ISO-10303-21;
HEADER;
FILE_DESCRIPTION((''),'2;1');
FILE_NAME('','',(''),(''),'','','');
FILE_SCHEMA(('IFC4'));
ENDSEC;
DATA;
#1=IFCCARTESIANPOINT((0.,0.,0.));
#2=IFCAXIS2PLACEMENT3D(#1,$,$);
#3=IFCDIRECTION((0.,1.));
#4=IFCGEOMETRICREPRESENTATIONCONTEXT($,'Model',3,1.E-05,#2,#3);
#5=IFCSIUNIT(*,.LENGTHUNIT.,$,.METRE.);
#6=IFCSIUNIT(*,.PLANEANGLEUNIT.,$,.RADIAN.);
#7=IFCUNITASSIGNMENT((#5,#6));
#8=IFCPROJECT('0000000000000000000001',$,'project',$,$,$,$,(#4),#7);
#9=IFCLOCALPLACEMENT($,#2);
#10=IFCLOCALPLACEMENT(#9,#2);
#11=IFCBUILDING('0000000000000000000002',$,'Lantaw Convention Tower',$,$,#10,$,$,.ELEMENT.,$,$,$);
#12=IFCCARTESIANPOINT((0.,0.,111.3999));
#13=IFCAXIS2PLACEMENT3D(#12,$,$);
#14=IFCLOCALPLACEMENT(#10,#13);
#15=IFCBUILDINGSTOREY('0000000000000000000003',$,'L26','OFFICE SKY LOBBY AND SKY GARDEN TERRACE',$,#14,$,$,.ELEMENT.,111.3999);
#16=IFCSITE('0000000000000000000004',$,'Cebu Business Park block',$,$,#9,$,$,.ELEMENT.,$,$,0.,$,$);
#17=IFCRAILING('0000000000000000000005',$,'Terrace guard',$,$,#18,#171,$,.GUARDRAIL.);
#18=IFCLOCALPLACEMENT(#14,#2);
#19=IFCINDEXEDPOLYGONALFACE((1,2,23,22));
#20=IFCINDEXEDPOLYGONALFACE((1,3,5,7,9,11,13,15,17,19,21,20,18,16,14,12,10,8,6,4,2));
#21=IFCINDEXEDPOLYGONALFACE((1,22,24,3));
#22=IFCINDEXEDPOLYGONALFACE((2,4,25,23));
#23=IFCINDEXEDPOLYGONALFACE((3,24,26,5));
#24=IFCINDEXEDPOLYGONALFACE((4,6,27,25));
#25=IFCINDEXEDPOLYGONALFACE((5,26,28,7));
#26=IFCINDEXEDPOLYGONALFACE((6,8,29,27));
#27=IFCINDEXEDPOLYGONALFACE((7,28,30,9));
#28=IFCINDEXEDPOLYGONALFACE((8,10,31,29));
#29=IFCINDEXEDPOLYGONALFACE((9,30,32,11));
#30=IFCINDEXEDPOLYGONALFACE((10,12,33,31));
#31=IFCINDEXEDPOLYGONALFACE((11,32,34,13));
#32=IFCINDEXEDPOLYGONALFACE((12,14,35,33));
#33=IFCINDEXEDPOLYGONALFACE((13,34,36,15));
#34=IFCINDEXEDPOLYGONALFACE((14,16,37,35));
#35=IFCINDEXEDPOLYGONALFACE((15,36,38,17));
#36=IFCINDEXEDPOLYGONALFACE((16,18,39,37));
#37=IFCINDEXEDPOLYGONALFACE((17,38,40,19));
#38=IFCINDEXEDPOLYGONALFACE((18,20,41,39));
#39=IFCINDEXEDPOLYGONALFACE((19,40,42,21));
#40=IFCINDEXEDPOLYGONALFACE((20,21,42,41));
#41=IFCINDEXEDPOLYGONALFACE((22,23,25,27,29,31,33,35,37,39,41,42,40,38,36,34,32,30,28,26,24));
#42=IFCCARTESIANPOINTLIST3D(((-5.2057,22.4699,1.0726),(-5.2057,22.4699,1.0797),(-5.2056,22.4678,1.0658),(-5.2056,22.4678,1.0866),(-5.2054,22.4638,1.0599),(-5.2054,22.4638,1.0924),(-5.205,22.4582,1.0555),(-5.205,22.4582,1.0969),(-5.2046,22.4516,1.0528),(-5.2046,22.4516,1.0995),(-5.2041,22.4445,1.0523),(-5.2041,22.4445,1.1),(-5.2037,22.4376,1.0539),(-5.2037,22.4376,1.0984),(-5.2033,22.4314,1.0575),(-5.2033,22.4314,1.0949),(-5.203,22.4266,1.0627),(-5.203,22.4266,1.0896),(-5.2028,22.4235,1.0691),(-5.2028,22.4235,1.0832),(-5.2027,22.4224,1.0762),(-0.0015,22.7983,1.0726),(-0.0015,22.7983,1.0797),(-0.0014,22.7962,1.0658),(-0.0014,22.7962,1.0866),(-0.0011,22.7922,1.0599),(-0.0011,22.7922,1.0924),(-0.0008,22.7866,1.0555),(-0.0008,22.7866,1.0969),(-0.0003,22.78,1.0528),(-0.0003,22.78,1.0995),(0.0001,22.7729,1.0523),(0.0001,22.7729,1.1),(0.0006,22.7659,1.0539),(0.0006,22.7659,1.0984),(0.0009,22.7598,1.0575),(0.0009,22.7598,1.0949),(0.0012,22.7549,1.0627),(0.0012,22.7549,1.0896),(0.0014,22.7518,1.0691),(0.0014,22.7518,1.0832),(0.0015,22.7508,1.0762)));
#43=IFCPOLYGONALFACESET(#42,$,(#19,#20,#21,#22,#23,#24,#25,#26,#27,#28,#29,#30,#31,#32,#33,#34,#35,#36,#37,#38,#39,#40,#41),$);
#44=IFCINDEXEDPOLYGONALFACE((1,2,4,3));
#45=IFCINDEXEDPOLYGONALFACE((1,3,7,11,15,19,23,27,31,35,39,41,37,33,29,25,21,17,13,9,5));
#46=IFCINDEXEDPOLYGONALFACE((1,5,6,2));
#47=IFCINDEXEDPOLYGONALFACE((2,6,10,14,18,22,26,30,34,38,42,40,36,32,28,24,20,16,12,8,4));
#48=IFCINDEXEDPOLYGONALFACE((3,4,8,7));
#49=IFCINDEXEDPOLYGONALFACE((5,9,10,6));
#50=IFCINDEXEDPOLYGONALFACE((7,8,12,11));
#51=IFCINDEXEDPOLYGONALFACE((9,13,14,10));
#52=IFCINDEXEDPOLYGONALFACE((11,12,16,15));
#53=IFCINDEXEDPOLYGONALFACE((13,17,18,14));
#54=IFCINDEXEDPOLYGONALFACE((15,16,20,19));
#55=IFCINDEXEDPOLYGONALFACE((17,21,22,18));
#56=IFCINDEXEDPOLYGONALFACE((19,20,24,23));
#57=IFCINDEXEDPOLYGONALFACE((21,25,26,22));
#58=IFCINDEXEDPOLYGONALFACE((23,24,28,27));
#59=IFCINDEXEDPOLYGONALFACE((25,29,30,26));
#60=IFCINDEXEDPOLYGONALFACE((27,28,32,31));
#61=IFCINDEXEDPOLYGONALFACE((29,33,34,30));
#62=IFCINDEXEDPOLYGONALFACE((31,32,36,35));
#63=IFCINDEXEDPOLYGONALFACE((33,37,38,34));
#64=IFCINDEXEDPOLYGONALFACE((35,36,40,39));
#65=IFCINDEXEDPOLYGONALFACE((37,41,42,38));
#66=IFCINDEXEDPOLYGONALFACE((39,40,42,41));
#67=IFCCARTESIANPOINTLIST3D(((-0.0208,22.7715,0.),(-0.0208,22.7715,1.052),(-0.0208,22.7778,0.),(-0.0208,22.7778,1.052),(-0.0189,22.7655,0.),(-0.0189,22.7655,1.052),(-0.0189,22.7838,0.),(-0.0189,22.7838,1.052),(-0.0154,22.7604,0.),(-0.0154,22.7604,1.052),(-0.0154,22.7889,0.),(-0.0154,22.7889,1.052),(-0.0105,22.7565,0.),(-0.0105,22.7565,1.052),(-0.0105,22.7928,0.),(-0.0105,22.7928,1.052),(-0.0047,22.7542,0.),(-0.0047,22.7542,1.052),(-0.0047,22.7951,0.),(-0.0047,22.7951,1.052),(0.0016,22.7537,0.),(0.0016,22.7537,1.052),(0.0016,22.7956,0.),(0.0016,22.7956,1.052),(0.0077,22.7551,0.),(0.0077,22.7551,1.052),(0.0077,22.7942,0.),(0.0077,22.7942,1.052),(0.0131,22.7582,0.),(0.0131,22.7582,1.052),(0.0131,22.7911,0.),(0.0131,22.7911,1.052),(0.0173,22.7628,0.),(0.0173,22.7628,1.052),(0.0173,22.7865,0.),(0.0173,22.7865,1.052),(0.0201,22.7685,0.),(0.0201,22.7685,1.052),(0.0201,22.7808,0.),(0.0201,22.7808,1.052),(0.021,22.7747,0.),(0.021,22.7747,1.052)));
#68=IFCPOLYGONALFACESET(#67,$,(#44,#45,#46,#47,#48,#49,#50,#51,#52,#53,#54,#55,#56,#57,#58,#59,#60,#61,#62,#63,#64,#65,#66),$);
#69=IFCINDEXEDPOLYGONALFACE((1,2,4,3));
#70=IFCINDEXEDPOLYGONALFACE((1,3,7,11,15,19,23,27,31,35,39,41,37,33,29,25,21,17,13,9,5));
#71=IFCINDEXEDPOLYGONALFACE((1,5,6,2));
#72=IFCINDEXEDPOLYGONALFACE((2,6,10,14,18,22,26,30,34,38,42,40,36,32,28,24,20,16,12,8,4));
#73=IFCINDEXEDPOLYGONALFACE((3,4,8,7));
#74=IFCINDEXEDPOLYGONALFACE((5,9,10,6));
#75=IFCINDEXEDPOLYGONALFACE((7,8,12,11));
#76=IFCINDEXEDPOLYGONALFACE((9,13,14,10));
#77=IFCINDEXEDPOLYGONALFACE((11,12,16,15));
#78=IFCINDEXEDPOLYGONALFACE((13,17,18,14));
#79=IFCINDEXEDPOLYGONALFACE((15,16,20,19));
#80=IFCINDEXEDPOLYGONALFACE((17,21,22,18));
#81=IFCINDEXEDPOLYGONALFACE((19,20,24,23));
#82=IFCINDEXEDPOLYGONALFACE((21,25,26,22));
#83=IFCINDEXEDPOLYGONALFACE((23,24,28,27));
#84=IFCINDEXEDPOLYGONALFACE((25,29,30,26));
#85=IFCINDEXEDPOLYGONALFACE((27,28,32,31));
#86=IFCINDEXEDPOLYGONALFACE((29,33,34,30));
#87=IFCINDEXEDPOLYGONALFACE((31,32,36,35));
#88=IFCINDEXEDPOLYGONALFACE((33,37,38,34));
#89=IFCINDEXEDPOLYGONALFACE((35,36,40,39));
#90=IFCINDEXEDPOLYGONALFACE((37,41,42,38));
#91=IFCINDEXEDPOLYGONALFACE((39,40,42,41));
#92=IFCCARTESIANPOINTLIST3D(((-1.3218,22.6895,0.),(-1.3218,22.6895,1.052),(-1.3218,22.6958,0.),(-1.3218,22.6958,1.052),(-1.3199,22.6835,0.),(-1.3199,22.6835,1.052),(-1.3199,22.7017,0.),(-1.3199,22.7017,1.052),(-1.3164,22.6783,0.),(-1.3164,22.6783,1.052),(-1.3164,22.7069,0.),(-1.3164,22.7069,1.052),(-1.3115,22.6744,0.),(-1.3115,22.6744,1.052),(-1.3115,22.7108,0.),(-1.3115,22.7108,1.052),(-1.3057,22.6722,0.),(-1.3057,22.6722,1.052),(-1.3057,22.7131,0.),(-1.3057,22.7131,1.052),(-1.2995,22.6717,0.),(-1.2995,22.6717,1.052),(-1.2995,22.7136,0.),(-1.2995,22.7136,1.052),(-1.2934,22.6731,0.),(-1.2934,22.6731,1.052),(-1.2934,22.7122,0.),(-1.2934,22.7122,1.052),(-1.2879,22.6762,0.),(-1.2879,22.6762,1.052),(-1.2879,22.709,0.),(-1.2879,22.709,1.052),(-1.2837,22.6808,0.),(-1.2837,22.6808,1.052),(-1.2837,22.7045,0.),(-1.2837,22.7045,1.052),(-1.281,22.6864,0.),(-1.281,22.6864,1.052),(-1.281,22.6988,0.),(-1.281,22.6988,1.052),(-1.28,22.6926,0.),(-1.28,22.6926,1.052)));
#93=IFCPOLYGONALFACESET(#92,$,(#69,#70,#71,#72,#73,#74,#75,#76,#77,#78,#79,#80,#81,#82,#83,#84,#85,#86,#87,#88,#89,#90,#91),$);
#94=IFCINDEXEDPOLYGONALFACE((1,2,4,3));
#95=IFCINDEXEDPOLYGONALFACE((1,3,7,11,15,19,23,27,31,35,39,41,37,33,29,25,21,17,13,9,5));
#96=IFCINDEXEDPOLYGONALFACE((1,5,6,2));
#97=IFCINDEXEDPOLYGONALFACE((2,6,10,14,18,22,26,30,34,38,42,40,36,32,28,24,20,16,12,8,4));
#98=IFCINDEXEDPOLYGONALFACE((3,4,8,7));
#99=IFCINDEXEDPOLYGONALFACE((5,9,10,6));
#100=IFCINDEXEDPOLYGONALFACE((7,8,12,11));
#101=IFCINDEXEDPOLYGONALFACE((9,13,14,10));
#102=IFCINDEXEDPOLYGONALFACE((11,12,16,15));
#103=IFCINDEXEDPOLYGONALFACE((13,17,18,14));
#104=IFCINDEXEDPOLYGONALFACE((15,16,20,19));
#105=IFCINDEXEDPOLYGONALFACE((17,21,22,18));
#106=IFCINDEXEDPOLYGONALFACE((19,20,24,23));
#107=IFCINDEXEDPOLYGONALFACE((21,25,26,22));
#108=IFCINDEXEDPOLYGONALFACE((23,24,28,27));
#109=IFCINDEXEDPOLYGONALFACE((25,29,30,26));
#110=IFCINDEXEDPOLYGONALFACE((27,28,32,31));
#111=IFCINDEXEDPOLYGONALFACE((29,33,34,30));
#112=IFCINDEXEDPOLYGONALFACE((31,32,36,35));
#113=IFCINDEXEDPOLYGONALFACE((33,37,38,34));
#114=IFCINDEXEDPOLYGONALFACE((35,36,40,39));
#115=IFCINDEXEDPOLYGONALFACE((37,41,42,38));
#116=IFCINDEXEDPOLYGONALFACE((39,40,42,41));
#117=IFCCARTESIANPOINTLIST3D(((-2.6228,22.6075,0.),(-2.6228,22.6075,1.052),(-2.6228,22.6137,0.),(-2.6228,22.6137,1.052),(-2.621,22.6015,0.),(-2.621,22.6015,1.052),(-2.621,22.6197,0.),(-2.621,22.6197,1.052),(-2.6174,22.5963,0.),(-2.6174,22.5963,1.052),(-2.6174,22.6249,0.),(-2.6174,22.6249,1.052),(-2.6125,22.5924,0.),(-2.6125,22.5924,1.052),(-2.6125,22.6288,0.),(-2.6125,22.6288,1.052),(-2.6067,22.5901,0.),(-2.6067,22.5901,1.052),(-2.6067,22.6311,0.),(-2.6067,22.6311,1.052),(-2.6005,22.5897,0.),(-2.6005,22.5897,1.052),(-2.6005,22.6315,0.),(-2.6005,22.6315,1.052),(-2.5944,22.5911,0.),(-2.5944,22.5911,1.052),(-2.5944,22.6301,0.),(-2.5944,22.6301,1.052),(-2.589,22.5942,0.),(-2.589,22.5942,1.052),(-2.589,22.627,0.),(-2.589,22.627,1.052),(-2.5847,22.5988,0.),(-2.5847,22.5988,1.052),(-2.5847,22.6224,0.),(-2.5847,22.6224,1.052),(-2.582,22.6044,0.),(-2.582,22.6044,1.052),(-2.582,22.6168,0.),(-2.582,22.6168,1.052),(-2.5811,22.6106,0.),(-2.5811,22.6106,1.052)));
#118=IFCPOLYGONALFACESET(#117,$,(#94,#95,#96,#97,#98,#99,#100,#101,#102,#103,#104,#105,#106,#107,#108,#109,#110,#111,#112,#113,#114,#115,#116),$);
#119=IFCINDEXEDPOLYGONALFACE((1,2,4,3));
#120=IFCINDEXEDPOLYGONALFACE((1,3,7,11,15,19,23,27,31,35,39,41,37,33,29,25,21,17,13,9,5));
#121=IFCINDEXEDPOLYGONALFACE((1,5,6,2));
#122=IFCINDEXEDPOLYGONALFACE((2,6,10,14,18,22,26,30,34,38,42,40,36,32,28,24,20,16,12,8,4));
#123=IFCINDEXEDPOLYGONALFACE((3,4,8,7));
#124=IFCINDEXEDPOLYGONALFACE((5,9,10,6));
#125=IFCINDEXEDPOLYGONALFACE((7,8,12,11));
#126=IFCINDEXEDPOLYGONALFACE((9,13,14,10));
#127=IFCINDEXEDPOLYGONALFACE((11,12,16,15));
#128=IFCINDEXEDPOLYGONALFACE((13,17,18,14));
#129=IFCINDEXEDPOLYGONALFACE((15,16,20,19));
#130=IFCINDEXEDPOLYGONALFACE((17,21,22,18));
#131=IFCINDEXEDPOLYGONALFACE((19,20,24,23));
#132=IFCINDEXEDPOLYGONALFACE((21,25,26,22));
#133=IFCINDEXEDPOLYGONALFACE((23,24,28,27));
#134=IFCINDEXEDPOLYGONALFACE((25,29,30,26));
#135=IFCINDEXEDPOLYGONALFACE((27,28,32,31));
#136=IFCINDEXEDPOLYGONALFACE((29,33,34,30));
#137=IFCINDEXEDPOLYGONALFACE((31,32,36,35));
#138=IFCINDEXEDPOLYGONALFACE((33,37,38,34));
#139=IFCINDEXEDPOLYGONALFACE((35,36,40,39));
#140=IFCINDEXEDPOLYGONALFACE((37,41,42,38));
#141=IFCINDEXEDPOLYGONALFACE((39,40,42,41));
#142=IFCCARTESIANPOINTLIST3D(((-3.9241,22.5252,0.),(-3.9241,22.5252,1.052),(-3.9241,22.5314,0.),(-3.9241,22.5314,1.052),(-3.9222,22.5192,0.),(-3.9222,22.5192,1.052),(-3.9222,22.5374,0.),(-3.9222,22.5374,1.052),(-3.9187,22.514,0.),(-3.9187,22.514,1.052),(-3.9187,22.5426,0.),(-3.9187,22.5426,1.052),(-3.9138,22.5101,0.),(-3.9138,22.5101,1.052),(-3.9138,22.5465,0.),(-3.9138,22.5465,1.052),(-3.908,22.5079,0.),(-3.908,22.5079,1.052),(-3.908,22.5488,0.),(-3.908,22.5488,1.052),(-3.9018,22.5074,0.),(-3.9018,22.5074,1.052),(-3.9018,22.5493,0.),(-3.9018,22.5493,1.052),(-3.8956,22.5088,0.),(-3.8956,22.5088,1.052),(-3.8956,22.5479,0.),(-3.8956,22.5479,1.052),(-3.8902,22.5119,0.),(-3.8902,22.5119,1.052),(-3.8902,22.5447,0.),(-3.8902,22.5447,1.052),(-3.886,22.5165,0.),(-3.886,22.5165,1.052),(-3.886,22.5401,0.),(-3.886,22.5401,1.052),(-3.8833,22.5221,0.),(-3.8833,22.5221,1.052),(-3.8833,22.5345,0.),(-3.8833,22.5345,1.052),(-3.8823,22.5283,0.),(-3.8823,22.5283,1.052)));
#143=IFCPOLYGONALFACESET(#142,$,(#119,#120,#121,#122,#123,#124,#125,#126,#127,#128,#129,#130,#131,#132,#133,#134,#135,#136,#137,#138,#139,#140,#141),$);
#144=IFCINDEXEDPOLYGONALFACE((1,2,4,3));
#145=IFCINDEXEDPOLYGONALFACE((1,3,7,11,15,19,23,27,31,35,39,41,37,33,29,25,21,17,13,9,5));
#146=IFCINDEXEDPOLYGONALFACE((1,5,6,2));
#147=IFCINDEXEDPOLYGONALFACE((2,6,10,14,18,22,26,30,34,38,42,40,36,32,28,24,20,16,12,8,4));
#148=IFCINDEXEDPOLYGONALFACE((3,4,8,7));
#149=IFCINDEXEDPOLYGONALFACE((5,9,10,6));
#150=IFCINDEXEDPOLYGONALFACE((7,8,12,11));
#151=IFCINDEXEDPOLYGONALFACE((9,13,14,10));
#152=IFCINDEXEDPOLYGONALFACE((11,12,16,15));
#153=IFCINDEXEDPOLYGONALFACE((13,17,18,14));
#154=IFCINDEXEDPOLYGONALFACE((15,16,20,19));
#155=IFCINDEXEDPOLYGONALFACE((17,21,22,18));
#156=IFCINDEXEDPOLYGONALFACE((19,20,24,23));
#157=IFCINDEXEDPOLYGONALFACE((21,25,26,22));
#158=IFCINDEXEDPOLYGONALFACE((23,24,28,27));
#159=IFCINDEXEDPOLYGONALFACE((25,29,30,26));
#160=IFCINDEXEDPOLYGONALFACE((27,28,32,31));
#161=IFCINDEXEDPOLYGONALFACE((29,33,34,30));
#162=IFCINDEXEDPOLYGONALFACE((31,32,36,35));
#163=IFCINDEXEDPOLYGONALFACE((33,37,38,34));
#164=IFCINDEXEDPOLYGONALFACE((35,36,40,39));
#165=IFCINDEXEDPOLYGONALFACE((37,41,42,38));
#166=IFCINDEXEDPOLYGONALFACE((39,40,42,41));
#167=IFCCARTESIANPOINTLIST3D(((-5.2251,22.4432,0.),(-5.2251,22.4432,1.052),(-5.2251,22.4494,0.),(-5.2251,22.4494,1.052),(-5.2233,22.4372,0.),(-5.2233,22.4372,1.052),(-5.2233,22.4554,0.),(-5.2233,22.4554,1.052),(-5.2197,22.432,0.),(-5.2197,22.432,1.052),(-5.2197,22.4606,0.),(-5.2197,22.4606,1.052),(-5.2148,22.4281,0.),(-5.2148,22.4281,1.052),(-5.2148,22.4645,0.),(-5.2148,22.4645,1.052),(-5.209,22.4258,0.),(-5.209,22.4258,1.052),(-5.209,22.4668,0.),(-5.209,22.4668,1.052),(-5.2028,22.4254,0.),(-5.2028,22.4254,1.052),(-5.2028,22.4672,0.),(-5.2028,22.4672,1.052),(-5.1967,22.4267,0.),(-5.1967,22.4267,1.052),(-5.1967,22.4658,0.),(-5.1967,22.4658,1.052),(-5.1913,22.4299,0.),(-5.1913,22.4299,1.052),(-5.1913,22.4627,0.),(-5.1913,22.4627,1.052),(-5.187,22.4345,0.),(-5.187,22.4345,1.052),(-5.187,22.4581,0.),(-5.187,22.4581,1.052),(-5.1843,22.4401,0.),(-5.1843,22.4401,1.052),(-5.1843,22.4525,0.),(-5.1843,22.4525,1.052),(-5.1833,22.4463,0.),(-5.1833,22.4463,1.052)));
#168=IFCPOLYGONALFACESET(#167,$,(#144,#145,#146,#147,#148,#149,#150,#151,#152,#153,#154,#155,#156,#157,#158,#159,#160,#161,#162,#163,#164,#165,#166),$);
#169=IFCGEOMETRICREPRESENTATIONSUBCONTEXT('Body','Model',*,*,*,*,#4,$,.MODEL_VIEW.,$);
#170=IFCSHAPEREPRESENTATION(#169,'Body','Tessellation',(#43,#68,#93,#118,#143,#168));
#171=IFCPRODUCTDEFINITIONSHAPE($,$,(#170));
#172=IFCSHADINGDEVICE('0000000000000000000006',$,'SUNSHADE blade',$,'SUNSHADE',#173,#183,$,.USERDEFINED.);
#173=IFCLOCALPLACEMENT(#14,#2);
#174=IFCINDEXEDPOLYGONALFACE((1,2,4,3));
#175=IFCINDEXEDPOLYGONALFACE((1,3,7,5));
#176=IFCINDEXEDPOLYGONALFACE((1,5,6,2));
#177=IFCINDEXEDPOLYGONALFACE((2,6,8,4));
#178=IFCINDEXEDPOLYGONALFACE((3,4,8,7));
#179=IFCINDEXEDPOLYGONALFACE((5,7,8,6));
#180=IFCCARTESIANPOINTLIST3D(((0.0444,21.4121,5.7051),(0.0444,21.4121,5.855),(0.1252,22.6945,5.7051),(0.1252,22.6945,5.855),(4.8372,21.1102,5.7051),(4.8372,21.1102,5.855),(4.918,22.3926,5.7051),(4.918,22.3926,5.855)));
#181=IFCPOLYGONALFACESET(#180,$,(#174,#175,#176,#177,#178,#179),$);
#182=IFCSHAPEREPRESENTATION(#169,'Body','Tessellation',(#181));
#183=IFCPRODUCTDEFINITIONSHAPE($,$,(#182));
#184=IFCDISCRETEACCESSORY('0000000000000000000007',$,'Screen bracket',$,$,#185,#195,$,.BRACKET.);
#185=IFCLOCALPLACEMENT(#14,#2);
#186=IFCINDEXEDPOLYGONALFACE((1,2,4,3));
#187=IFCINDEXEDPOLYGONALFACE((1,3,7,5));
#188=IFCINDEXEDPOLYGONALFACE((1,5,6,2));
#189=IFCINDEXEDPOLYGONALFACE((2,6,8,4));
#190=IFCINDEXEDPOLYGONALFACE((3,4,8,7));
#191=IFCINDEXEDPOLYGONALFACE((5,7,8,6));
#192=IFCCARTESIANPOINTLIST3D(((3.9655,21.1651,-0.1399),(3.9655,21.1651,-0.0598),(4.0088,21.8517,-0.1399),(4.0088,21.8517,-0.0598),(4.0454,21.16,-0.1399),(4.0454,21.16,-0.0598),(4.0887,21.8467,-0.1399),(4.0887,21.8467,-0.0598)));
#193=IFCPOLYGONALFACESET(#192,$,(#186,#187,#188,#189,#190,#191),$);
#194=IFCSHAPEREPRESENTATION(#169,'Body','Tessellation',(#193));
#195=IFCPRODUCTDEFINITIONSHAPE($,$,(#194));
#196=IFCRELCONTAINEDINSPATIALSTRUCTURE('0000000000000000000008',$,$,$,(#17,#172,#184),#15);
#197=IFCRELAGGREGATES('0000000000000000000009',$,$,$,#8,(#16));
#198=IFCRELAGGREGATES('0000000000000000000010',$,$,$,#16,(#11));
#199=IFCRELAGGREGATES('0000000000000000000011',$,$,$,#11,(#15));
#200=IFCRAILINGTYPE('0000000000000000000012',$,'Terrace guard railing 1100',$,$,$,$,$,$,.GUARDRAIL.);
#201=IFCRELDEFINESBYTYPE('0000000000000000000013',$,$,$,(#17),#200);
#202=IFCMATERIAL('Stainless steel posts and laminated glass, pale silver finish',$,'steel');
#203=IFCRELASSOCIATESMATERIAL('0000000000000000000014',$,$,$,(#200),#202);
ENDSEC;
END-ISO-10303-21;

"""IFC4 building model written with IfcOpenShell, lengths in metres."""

from ifc_helpers import new_model, si_unit, direction, frame, origin, origin_2d, place, context, subcontext, project, spatial, rectangle, circle, extrude, material, type_object, element, save


model = new_model("IFC4")

# Units and contexts
model_context = context("Model", 3, precision=1e-05, world=origin(), true_north=direction((0.0, 1.0)))
body_context = subcontext(model_context, "Body", "Model", "MODEL_VIEW")
ifc_project = project(units=[si_unit("LENGTHUNIT", "METRE"), si_unit("PLANEANGLEUNIT", "RADIAN")], contexts=[model_context])

# Site, building, storey
site_placement = place(None, origin())
site = spatial("IfcSite", under=ifc_project, at=site_placement, Name="Cebu Business Park block", CompositionType="ELEMENT", RefElevation=0.0)
building_placement = place(site_placement, origin())
building = spatial("IfcBuilding", under=site, at=building_placement, Name="Lantaw Convention Tower", CompositionType="ELEMENT")
storey_placement = place(building_placement, frame((0.0, 0.0, 111.3999)))
storey = spatial("IfcBuildingStorey", under=building, at=storey_placement, Name="L26", Description="OFFICE SKY LOBBY AND SKY GARDEN TERRACE", CompositionType="ELEMENT", Elevation=111.3999)

# Railing
ifc_material_1 = material(Name="Stainless steel posts and laminated glass, pale silver finish", Category="steel")
railing_type = type_object("IfcRailingType", Name="Terrace guard railing 1100", PredefinedType="GUARDRAIL", material=ifc_material_1)
railing_placement = place(storey_placement, frame((0.0, 22.7747, 0.0)))
element("IfcRailing", 1, at=railing_placement, inside=storey, type_object=railing_type, Name="Terrace guard", PredefinedType="GUARDRAIL", context=body_context, shape_type="SweptSolid", body=[
    extrude(circle(Radius=0.0239, at=origin_2d()), frame((0.0, 0.0, 1.0762), z_axis=(-0.998015, -0.06297, 0.0), x_axis=(0.06297, -0.998015, 0.0)), (0.0, 0.0, 1.0), 5.2146),
    extrude(circle(Radius=0.021, at=origin_2d()), origin(), (0.0, 0.0, 1.0), 1.052),
    extrude(circle(Radius=0.021, at=origin_2d()), frame((-1.301, -0.082, 0.0)), (0.0, 0.0, 1.0), 1.052),
    extrude(circle(Radius=0.021, at=origin_2d()), frame((-2.6021, -0.1641, 0.0)), (0.0, 0.0, 1.0), 1.052),
    extrude(circle(Radius=0.021, at=origin_2d()), frame((-3.9033, -0.2463, 0.0)), (0.0, 0.0, 1.0), 1.052),
    extrude(circle(Radius=0.021, at=origin_2d()), frame((-5.2043, -0.3284, 0.0)), (0.0, 0.0, 1.0), 1.052),
])

# Shading device
shading_device_placement = place(storey_placement, frame((2.4812, 21.9023, 5.7051), z_axis=(0.0, 0.0, 1.0), x_axis=(-0.998022, 0.062865, 0.0)))
element("IfcShadingDevice", 2, at=shading_device_placement, inside=storey, Name="SUNSHADE blade", ObjectType="SUNSHADE", PredefinedType="USERDEFINED", context=body_context, shape_type="SweptSolid", body=[
    extrude(rectangle(XDim=4.8022, YDim=1.2849, at=origin_2d()), origin(), (0.0, 0.0, 1.0), 0.1499),
])

# Discrete accessory
discrete_accessory_placement = place(storey_placement, frame((4.0271, 21.5059, -0.1399), z_axis=(0.0, 0.0, 1.0), x_axis=(-0.998022, 0.062865, 0.0)))
element("IfcDiscreteAccessory", 3, at=discrete_accessory_placement, inside=storey, Name="Screen bracket", PredefinedType="BRACKET", context=body_context, shape_type="SweptSolid", body=[
    extrude(rectangle(XDim=0.0801, YDim=0.688, at=origin_2d()), origin(), (0.0, 0.0, 1.0), 0.0801),
])

save(model, "model.ifc")
